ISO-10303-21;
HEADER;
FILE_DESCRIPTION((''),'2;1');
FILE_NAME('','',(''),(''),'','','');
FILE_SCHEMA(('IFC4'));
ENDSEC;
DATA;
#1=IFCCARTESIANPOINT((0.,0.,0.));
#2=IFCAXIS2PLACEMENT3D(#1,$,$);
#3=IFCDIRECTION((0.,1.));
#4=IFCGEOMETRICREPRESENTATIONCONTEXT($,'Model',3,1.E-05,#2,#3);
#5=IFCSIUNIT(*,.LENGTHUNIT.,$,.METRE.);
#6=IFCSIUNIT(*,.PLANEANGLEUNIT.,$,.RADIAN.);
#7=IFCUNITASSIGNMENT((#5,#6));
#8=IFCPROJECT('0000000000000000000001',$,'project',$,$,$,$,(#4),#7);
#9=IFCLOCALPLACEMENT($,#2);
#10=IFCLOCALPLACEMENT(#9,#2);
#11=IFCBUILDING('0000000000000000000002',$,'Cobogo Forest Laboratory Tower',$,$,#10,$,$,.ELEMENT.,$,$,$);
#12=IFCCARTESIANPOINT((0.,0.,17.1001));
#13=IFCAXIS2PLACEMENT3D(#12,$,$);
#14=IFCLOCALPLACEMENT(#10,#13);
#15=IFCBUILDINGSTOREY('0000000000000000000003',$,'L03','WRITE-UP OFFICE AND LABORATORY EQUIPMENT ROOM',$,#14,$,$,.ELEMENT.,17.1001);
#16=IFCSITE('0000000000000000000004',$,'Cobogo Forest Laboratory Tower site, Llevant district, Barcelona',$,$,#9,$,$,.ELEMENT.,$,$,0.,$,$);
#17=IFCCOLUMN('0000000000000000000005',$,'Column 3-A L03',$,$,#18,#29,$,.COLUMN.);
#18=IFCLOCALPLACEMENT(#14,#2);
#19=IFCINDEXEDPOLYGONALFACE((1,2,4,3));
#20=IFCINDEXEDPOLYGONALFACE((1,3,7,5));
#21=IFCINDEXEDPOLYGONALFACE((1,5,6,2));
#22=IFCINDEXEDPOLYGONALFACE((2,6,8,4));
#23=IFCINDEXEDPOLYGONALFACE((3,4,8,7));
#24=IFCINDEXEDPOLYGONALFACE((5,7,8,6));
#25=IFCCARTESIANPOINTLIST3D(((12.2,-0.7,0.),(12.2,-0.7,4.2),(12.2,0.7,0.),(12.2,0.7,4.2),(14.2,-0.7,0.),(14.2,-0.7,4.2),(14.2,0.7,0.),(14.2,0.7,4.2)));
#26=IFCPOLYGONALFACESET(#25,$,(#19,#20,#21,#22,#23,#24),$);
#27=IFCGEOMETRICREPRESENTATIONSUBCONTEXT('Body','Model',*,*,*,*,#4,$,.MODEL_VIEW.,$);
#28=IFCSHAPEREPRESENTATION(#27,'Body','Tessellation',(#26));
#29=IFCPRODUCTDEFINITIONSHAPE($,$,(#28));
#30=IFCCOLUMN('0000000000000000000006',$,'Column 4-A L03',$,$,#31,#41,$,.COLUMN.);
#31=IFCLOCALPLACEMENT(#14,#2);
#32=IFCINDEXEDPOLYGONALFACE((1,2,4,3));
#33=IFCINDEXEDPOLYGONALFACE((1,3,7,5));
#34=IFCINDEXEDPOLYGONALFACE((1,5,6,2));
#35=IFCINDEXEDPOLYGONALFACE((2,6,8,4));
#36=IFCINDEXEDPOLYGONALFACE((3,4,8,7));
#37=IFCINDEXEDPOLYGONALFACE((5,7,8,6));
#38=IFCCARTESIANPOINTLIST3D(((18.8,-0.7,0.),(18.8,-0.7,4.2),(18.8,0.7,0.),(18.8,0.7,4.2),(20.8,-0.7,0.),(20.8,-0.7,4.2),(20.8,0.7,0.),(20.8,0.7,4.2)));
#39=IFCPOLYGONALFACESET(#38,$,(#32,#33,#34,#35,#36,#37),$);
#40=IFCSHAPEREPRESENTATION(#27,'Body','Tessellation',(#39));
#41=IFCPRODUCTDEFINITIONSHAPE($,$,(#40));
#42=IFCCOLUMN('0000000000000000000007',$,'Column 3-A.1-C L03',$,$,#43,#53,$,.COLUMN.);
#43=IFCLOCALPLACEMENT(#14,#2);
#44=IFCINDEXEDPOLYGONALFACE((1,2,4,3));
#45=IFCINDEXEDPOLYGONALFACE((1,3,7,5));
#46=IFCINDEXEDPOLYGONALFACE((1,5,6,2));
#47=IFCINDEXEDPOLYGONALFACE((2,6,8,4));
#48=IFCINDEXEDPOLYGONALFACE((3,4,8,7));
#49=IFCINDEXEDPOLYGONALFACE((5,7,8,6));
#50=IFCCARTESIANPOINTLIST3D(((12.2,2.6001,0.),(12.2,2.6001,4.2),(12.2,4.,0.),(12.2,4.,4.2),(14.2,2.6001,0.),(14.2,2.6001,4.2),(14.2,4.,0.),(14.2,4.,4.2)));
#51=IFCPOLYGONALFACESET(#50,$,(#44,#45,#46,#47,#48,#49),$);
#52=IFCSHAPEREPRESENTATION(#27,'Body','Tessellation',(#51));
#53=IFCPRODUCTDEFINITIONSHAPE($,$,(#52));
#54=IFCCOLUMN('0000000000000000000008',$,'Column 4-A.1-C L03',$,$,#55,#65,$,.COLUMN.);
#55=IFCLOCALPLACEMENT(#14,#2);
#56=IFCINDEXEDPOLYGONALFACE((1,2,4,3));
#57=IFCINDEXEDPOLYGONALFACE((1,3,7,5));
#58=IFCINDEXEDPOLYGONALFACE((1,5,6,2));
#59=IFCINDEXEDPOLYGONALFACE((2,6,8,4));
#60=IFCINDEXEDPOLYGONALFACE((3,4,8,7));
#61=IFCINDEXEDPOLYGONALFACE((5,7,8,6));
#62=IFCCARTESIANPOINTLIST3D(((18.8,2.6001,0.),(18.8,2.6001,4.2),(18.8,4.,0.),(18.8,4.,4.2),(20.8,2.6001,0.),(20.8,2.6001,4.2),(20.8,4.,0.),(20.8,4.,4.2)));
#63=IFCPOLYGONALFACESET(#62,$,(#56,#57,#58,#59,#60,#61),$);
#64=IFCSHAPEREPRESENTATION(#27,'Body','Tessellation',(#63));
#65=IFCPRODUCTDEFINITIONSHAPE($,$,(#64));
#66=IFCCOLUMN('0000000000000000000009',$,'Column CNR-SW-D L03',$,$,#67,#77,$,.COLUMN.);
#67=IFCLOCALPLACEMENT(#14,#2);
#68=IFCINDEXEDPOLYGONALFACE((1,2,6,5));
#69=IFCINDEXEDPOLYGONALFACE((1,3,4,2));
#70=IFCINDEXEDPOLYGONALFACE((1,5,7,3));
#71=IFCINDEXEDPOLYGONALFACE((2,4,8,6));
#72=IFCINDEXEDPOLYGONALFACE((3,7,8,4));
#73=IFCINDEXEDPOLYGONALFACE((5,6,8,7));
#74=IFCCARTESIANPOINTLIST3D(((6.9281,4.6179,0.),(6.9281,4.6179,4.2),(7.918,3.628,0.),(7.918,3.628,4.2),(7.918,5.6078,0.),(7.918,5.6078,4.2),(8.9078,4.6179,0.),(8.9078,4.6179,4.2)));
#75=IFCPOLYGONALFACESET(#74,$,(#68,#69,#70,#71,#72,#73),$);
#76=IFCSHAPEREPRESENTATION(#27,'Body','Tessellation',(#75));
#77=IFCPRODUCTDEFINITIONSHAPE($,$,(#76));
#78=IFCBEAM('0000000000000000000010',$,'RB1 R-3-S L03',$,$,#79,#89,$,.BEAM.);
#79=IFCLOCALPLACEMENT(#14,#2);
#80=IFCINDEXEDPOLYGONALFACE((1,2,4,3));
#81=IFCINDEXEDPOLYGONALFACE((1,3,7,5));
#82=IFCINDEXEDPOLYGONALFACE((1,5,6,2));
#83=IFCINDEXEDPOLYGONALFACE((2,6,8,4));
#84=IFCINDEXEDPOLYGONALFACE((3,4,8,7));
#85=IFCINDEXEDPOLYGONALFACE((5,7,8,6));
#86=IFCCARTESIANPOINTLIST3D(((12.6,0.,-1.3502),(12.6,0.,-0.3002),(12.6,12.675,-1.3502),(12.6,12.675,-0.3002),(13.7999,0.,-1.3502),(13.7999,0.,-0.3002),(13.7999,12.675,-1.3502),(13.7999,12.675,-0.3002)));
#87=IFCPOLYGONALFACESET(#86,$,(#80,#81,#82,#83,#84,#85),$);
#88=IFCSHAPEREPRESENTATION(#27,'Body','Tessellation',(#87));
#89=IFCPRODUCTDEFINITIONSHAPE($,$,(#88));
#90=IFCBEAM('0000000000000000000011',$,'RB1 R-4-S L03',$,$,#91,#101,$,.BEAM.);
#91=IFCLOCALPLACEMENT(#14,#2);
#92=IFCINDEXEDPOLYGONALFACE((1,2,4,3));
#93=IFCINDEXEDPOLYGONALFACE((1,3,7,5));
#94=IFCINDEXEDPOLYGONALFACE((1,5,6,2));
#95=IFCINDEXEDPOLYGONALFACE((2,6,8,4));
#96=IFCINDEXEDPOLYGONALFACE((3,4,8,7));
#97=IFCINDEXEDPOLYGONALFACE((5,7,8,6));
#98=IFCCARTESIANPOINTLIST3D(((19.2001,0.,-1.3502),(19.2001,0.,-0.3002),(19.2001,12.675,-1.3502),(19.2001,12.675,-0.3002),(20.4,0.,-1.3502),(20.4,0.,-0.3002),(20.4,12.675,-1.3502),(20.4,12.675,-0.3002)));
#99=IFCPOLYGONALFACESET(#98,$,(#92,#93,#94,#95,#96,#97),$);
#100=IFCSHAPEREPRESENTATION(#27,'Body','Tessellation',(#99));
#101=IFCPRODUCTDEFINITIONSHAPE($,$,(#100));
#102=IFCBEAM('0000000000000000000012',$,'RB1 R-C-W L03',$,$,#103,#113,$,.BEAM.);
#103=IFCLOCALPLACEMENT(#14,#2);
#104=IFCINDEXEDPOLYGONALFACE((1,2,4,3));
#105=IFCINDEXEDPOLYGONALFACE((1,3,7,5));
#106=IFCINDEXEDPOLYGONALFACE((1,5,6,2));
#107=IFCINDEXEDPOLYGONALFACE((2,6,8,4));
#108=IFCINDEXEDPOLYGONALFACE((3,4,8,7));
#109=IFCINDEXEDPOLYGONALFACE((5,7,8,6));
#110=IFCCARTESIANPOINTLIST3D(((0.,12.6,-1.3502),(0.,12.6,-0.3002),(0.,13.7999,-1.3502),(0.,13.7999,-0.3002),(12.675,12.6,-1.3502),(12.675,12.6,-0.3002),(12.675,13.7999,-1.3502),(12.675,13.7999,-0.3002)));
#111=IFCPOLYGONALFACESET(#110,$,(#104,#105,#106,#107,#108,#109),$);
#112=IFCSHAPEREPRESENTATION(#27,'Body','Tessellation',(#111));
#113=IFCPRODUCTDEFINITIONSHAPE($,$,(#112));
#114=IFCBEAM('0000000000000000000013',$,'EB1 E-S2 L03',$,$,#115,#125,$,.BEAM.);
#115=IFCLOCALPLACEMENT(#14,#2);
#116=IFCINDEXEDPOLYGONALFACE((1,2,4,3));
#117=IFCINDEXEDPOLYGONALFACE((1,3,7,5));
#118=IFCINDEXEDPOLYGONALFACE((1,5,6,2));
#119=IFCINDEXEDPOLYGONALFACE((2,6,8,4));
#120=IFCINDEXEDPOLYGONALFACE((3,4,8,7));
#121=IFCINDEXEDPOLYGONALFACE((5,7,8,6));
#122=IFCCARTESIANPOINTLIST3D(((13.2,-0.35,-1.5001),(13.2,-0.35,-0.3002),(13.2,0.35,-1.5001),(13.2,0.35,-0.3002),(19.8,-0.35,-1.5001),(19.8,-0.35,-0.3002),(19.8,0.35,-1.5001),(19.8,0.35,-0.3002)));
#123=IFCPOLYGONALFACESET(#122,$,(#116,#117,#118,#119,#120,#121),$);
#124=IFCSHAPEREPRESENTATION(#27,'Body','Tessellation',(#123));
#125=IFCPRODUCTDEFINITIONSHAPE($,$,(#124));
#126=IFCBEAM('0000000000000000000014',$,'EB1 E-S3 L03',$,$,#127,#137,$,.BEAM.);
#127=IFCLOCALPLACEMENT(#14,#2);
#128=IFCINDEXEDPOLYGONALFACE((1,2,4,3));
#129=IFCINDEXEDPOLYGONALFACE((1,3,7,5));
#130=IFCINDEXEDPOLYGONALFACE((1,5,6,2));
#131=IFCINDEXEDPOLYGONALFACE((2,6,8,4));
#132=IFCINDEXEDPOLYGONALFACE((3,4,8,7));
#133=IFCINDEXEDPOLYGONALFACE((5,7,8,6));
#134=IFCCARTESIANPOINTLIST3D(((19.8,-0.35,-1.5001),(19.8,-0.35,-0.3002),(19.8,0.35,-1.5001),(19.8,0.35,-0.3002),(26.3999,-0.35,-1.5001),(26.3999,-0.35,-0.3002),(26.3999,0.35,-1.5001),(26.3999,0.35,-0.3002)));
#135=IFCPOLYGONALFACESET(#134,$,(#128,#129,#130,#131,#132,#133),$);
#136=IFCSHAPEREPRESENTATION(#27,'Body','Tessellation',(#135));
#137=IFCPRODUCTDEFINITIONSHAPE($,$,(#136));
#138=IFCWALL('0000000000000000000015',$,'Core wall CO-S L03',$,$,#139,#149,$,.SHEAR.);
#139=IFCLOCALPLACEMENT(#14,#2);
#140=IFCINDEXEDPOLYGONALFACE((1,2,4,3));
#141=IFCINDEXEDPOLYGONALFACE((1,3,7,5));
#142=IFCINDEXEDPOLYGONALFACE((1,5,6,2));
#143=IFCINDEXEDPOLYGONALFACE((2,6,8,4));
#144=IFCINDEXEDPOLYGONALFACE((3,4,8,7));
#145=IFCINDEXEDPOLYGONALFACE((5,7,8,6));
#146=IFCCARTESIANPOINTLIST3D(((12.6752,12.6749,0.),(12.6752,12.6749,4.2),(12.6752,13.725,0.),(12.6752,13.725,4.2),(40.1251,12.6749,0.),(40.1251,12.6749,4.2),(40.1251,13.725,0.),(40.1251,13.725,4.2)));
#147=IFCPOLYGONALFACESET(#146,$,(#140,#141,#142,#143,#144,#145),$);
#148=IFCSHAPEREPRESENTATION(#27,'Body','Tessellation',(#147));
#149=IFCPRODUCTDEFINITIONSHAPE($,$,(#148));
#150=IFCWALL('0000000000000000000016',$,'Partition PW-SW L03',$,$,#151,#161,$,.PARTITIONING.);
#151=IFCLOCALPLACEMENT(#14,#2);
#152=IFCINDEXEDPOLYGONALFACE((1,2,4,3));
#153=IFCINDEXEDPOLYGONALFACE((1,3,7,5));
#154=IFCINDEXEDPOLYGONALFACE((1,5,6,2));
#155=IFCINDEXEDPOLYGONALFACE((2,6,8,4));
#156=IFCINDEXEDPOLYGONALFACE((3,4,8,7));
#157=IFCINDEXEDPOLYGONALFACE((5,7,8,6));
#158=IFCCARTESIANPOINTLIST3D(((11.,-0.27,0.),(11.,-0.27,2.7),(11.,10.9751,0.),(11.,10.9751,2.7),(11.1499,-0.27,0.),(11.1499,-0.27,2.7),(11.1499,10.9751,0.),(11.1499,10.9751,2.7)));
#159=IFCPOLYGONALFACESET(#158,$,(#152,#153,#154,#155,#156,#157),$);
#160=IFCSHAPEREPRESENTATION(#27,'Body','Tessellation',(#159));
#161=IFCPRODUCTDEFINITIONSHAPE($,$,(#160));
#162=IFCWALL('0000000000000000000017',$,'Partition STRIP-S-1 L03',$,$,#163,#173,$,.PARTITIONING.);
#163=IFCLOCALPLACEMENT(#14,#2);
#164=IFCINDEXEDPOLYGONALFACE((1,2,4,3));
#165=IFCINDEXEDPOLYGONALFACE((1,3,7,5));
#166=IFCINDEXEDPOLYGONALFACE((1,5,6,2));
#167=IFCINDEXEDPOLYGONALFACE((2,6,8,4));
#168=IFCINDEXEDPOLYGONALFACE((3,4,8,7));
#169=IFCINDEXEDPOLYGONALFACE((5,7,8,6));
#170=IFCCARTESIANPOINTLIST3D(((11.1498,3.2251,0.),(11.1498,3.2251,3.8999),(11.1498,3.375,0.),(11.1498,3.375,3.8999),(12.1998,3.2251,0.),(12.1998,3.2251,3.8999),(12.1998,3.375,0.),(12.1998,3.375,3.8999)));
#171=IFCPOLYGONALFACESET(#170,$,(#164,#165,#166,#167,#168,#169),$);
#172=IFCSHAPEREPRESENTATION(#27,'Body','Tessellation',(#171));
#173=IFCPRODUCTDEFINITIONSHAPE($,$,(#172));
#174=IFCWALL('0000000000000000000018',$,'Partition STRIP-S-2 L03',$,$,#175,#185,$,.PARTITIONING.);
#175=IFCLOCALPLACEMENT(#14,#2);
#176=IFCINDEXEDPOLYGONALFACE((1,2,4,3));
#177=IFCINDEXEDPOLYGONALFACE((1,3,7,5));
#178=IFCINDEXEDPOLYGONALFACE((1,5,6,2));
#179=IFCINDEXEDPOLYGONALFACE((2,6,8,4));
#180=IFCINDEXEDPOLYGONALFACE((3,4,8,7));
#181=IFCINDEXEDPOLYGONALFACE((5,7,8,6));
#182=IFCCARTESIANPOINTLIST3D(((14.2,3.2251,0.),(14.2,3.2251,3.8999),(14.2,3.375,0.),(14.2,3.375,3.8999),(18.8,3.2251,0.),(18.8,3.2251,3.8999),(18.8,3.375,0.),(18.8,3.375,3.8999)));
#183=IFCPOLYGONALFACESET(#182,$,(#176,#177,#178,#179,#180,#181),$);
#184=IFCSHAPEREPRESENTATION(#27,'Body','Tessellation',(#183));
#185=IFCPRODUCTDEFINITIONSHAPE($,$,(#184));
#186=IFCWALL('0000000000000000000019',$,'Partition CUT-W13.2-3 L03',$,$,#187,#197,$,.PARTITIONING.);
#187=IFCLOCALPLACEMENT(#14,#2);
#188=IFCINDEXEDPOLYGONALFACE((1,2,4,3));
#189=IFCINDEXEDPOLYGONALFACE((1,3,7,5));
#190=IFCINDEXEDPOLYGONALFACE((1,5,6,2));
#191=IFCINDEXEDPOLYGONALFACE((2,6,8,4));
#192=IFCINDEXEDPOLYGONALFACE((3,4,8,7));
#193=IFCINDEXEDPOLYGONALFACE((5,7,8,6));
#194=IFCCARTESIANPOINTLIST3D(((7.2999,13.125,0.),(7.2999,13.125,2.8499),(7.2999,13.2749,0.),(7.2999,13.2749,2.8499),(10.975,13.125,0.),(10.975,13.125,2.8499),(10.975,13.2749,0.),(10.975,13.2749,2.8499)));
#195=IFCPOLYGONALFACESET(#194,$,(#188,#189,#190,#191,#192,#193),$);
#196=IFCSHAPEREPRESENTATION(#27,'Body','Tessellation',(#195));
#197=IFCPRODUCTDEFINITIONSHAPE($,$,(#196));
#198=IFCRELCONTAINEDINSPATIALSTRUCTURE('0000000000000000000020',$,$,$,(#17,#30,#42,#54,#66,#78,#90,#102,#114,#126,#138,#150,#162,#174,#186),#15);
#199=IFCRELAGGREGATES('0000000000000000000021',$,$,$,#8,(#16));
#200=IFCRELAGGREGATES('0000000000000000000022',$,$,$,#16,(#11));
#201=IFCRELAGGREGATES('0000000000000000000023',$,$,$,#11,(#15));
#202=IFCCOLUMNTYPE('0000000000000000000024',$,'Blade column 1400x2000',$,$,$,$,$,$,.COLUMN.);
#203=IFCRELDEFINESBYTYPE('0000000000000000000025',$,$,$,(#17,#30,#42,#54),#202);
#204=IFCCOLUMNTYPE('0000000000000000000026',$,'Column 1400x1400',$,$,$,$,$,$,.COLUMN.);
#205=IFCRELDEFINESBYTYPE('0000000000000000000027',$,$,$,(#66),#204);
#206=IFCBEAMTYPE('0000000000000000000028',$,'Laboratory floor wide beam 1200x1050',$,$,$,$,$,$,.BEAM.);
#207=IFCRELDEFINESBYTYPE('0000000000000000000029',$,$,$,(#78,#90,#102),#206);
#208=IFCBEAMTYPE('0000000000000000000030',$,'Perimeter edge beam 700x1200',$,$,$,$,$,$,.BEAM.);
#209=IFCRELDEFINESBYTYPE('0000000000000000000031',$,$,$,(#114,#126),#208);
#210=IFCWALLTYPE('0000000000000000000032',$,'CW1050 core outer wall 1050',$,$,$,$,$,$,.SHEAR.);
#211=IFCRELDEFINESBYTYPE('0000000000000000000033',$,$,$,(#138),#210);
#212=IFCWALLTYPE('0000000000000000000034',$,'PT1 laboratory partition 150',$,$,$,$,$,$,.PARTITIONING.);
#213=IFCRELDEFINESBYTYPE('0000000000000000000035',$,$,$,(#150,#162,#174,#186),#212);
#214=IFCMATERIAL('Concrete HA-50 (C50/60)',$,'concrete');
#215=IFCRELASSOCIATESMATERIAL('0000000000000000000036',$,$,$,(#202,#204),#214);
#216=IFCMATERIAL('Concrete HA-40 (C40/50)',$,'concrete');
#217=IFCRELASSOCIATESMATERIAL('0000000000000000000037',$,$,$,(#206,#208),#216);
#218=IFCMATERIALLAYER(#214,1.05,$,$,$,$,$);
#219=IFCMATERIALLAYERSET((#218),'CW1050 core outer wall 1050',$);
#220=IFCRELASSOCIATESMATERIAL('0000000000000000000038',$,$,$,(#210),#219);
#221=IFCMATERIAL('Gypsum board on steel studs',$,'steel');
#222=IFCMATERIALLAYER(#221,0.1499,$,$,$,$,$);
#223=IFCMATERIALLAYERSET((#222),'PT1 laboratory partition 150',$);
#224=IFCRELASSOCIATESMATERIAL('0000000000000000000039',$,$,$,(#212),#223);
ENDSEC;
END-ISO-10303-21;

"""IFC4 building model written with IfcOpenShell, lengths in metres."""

from ifc_helpers import new_model, si_unit, direction, frame, frame_2d, origin, origin_2d, place, context, subcontext, project, spatial, rectangle, extrude, material, layer, layer_set, material_profile, profile_set, type_object, element, save


model = new_model("IFC4")

# Units and contexts
model_context = context("Model", 3, precision=1e-05, world=origin(), true_north=direction((0.0, 1.0)))
body_context = subcontext(model_context, "Body", "Model", "MODEL_VIEW")
ifc_project = project(units=[si_unit("LENGTHUNIT", "METRE"), si_unit("PLANEANGLEUNIT", "RADIAN")], contexts=[model_context])

# Site, building, storey
site_placement = place(None, origin())
site = spatial("IfcSite", under=ifc_project, at=site_placement, Name="Cobogo Forest Laboratory Tower site, Llevant district, Barcelona", CompositionType="ELEMENT", RefElevation=0.0)
building_placement = place(site_placement, origin())
building = spatial("IfcBuilding", under=site, at=building_placement, Name="Cobogo Forest Laboratory Tower", CompositionType="ELEMENT")
storey_placement = place(building_placement, frame((0.0, 0.0, 17.1001)))
storey = spatial("IfcBuildingStorey", under=building, at=storey_placement, Name="L03", Description="WRITE-UP OFFICE AND LABORATORY EQUIPMENT ROOM", CompositionType="ELEMENT", Elevation=17.1001)

# Columns
ifc_material_1 = material(Name="Concrete HA-50 (C50/60)", Category="concrete")
ifc_material_profile_1 = material_profile(ifc_material_1, rectangle(XDim=2.0, YDim=1.3999, at=origin_2d()), Name="RC 1400x2000")
ifc_profile_set_1 = profile_set([ifc_material_profile_1], Name="Concrete HA-50 (C50/60)")
column_type_1 = type_object("IfcColumnType", Name="Blade column 1400x2000", PredefinedType="COLUMN", material=ifc_profile_set_1)
for number, where, z_axis, x_axis, name in (
    (1, (13.2, 0.0, 0.0), (0.0, 0.0, 1.0), (1.0, 0.0, 0.0), "Column 3-A L03"),
    (2, (19.8, 0.0, 0.0), (0.0, 0.0, 1.0), (1.0, 0.0, 0.0), "Column 4-A L03"),
    (3, (13.2, 3.3, 0.0), (0.0, 0.0, 1.0), (1.0, 0.0, 0.0), "Column 3-A.1-C L03"),
    (4, (19.8, 3.3, 0.0), (0.0, 0.0, 1.0), (1.0, 0.0, 0.0), "Column 4-A.1-C L03"),
):
    element("IfcColumn", number, at=place(storey_placement, frame(where, z_axis=z_axis, x_axis=x_axis)), inside=storey, type_object=column_type_1, Name=name, PredefinedType="COLUMN", context=body_context, shape_type="SweptSolid", body=[
        extrude(rectangle(XDim=2.0, YDim=1.3999, at=origin_2d()), origin(), (0.0, 0.0, 1.0), 4.2),
    ])
ifc_material_profile_2 = material_profile(ifc_material_1, rectangle(XDim=1.3999, YDim=1.3999, at=origin_2d()), Name="RC 1400x1400")
ifc_profile_set_2 = profile_set([ifc_material_profile_2], Name="Concrete HA-50 (C50/60)")
column_type_2 = type_object("IfcColumnType", Name="Column 1400x1400", PredefinedType="COLUMN", material=ifc_profile_set_2)
column_placement = place(storey_placement, frame((7.918, 4.6179, 0.0), z_axis=(0.0, 0.0, 1.0), x_axis=(0.707107, 0.707107, 0.0)))
element("IfcColumn", 5, at=column_placement, inside=storey, type_object=column_type_2, Name="Column CNR-SW-D L03", PredefinedType="COLUMN", context=body_context, shape_type="SweptSolid", body=[
    extrude(rectangle(XDim=1.3999, YDim=1.3999, at=origin_2d()), origin(), (0.0, 0.0, 1.0), 4.2),
])

# Beams
ifc_material_2 = material(Name="Concrete HA-40 (C40/50)", Category="concrete")
ifc_material_profile_3 = material_profile(ifc_material_2, rectangle(XDim=1.2, YDim=1.05, at=origin_2d()), Name="RC 1200x1050")
ifc_profile_set_3 = profile_set([ifc_material_profile_3], Name="Concrete HA-40 (C40/50)")
beam_type_1 = type_object("IfcBeamType", Name="Laboratory floor wide beam 1200x1050", PredefinedType="BEAM", material=ifc_profile_set_3)
for number, where, z_axis, x_axis, name in (
    (6, (13.2, 12.675, -0.8252), (0.0, -1.0, 0.0), (1.0, 0.0, 0.0), "RB1 R-3-S L03"),
    (7, (19.8, 12.675, -0.8252), (0.0, -1.0, 0.0), (1.0, 0.0, 0.0), "RB1 R-4-S L03"),
    (8, (12.675, 13.2, -0.8252), (-1.0, 0.0, 0.0), (0.0, -1.0, 0.0), "RB1 R-C-W L03"),
):
    element("IfcBeam", number, at=place(storey_placement, frame(where, z_axis=z_axis, x_axis=x_axis)), inside=storey, type_object=beam_type_1, Name=name, PredefinedType="BEAM", context=body_context, shape_type="SweptSolid", body=[
        extrude(rectangle(XDim=1.2, YDim=1.05, at=origin_2d()), origin(), (0.0, 0.0, 1.0), 12.675),
    ])
ifc_material_profile_4 = material_profile(ifc_material_2, rectangle(XDim=0.7, YDim=1.2, at=origin_2d()), Name="RC 700x1200")
ifc_profile_set_4 = profile_set([ifc_material_profile_4], Name="Concrete HA-40 (C40/50)")
beam_type_2 = type_object("IfcBeamType", Name="Perimeter edge beam 700x1200", PredefinedType="BEAM", material=ifc_profile_set_4)
beam_1_placement = place(storey_placement, frame((13.2, 0.0, -0.9001), z_axis=(1.0, 0.0, 0.0), x_axis=(0.0, 1.0, 0.0)))
element("IfcBeam", 9, at=beam_1_placement, inside=storey, type_object=beam_type_2, Name="EB1 E-S2 L03", PredefinedType="BEAM", context=body_context, shape_type="SweptSolid", body=[
    extrude(rectangle(XDim=0.7, YDim=1.2, at=origin_2d()), origin(), (0.0, 0.0, 1.0), 6.6001),
])
beam_2_placement = place(storey_placement, frame((19.8, 0.0, -0.9001), z_axis=(1.0, 0.0, 0.0), x_axis=(0.0, 1.0, 0.0)))
element("IfcBeam", 10, at=beam_2_placement, inside=storey, type_object=beam_type_2, Name="EB1 E-S3 L03", PredefinedType="BEAM", context=body_context, shape_type="SweptSolid", body=[
    extrude(rectangle(XDim=0.7, YDim=1.2, at=origin_2d()), origin(), (0.0, 0.0, 1.0), 6.5999),
])

# Walls
ifc_layer_1 = layer(ifc_material_1, 1.05)
ifc_layer_set_1 = layer_set([ifc_layer_1], Name="CW1050 core outer wall 1050")
wall_type_1 = type_object("IfcWallType", Name="CW1050 core outer wall 1050", PredefinedType="SHEAR", material=ifc_layer_set_1)
wall_1_placement = place(storey_placement, frame((12.675, 13.2, 0.0), z_axis=(0.0, 0.0, 1.0), x_axis=(1.0, 0.0, 0.0)))
element("IfcWall", 11, at=wall_1_placement, inside=storey, type_object=wall_type_1, Name="Core wall CO-S L03", PredefinedType="SHEAR", context=body_context, shape_type="SweptSolid", body=[
    extrude(rectangle(XDim=27.45, YDim=1.05, at=frame_2d((13.7251, 0.0))), origin(), (0.0, 0.0, 1.0), 4.2),
])
ifc_material_3 = material(Name="Gypsum board on steel studs", Category="steel")
ifc_layer_2 = layer(ifc_material_3, 0.1499)
ifc_layer_set_2 = layer_set([ifc_layer_2], Name="PT1 laboratory partition 150")
wall_type_2 = type_object("IfcWallType", Name="PT1 laboratory partition 150", PredefinedType="PARTITIONING", material=ifc_layer_set_2)
wall_2_placement = place(storey_placement, frame((11.075, -0.27, 0.0), z_axis=(0.0, 0.0, 1.0), x_axis=(0.0, 1.0, 0.0)))
element("IfcWall", 12, at=wall_2_placement, inside=storey, type_object=wall_type_2, Name="Partition PW-SW L03", PredefinedType="PARTITIONING", context=body_context, shape_type="SweptSolid", body=[
    extrude(rectangle(XDim=11.2451, YDim=0.1499, at=frame_2d((5.6226, 0.0))), origin(), (0.0, 0.0, 1.0), 2.7),
])
wall_3_placement = place(storey_placement, frame((11.1499, 3.3, 0.0), z_axis=(0.0, 0.0, 1.0), x_axis=(1.0, 0.0, 0.0)))
element("IfcWall", 13, at=wall_3_placement, inside=storey, type_object=wall_type_2, Name="Partition STRIP-S-1 L03", PredefinedType="PARTITIONING", context=body_context, shape_type="SweptSolid", body=[
    extrude(rectangle(XDim=1.05, YDim=0.1499, at=frame_2d((0.5249, 0.0))), origin(), (0.0, 0.0, 1.0), 3.8999),
])
wall_4_placement = place(storey_placement, frame((14.2, 3.3, 0.0), z_axis=(0.0, 0.0, 1.0), x_axis=(1.0, 0.0, 0.0)))
element("IfcWall", 14, at=wall_4_placement, inside=storey, type_object=wall_type_2, Name="Partition STRIP-S-2 L03", PredefinedType="PARTITIONING", context=body_context, shape_type="SweptSolid", body=[
    extrude(rectangle(XDim=4.6001, YDim=0.1499, at=frame_2d((2.3, 0.0))), origin(), (0.0, 0.0, 1.0), 3.8999),
])
wall_5_placement = place(storey_placement, frame((7.3, 13.2, 0.0), z_axis=(0.0, 0.0, 1.0), x_axis=(1.0, 0.0, 0.0)))
element("IfcWall", 15, at=wall_5_placement, inside=storey, type_object=wall_type_2, Name="Partition CUT-W13.2-3 L03", PredefinedType="PARTITIONING", context=body_context, shape_type="SweptSolid", body=[
    extrude(rectangle(XDim=3.675, YDim=0.1499, at=frame_2d((1.8374, 0.0))), origin(), (0.0, 0.0, 1.0), 2.8499),
])

save(model, "model.ifc")
